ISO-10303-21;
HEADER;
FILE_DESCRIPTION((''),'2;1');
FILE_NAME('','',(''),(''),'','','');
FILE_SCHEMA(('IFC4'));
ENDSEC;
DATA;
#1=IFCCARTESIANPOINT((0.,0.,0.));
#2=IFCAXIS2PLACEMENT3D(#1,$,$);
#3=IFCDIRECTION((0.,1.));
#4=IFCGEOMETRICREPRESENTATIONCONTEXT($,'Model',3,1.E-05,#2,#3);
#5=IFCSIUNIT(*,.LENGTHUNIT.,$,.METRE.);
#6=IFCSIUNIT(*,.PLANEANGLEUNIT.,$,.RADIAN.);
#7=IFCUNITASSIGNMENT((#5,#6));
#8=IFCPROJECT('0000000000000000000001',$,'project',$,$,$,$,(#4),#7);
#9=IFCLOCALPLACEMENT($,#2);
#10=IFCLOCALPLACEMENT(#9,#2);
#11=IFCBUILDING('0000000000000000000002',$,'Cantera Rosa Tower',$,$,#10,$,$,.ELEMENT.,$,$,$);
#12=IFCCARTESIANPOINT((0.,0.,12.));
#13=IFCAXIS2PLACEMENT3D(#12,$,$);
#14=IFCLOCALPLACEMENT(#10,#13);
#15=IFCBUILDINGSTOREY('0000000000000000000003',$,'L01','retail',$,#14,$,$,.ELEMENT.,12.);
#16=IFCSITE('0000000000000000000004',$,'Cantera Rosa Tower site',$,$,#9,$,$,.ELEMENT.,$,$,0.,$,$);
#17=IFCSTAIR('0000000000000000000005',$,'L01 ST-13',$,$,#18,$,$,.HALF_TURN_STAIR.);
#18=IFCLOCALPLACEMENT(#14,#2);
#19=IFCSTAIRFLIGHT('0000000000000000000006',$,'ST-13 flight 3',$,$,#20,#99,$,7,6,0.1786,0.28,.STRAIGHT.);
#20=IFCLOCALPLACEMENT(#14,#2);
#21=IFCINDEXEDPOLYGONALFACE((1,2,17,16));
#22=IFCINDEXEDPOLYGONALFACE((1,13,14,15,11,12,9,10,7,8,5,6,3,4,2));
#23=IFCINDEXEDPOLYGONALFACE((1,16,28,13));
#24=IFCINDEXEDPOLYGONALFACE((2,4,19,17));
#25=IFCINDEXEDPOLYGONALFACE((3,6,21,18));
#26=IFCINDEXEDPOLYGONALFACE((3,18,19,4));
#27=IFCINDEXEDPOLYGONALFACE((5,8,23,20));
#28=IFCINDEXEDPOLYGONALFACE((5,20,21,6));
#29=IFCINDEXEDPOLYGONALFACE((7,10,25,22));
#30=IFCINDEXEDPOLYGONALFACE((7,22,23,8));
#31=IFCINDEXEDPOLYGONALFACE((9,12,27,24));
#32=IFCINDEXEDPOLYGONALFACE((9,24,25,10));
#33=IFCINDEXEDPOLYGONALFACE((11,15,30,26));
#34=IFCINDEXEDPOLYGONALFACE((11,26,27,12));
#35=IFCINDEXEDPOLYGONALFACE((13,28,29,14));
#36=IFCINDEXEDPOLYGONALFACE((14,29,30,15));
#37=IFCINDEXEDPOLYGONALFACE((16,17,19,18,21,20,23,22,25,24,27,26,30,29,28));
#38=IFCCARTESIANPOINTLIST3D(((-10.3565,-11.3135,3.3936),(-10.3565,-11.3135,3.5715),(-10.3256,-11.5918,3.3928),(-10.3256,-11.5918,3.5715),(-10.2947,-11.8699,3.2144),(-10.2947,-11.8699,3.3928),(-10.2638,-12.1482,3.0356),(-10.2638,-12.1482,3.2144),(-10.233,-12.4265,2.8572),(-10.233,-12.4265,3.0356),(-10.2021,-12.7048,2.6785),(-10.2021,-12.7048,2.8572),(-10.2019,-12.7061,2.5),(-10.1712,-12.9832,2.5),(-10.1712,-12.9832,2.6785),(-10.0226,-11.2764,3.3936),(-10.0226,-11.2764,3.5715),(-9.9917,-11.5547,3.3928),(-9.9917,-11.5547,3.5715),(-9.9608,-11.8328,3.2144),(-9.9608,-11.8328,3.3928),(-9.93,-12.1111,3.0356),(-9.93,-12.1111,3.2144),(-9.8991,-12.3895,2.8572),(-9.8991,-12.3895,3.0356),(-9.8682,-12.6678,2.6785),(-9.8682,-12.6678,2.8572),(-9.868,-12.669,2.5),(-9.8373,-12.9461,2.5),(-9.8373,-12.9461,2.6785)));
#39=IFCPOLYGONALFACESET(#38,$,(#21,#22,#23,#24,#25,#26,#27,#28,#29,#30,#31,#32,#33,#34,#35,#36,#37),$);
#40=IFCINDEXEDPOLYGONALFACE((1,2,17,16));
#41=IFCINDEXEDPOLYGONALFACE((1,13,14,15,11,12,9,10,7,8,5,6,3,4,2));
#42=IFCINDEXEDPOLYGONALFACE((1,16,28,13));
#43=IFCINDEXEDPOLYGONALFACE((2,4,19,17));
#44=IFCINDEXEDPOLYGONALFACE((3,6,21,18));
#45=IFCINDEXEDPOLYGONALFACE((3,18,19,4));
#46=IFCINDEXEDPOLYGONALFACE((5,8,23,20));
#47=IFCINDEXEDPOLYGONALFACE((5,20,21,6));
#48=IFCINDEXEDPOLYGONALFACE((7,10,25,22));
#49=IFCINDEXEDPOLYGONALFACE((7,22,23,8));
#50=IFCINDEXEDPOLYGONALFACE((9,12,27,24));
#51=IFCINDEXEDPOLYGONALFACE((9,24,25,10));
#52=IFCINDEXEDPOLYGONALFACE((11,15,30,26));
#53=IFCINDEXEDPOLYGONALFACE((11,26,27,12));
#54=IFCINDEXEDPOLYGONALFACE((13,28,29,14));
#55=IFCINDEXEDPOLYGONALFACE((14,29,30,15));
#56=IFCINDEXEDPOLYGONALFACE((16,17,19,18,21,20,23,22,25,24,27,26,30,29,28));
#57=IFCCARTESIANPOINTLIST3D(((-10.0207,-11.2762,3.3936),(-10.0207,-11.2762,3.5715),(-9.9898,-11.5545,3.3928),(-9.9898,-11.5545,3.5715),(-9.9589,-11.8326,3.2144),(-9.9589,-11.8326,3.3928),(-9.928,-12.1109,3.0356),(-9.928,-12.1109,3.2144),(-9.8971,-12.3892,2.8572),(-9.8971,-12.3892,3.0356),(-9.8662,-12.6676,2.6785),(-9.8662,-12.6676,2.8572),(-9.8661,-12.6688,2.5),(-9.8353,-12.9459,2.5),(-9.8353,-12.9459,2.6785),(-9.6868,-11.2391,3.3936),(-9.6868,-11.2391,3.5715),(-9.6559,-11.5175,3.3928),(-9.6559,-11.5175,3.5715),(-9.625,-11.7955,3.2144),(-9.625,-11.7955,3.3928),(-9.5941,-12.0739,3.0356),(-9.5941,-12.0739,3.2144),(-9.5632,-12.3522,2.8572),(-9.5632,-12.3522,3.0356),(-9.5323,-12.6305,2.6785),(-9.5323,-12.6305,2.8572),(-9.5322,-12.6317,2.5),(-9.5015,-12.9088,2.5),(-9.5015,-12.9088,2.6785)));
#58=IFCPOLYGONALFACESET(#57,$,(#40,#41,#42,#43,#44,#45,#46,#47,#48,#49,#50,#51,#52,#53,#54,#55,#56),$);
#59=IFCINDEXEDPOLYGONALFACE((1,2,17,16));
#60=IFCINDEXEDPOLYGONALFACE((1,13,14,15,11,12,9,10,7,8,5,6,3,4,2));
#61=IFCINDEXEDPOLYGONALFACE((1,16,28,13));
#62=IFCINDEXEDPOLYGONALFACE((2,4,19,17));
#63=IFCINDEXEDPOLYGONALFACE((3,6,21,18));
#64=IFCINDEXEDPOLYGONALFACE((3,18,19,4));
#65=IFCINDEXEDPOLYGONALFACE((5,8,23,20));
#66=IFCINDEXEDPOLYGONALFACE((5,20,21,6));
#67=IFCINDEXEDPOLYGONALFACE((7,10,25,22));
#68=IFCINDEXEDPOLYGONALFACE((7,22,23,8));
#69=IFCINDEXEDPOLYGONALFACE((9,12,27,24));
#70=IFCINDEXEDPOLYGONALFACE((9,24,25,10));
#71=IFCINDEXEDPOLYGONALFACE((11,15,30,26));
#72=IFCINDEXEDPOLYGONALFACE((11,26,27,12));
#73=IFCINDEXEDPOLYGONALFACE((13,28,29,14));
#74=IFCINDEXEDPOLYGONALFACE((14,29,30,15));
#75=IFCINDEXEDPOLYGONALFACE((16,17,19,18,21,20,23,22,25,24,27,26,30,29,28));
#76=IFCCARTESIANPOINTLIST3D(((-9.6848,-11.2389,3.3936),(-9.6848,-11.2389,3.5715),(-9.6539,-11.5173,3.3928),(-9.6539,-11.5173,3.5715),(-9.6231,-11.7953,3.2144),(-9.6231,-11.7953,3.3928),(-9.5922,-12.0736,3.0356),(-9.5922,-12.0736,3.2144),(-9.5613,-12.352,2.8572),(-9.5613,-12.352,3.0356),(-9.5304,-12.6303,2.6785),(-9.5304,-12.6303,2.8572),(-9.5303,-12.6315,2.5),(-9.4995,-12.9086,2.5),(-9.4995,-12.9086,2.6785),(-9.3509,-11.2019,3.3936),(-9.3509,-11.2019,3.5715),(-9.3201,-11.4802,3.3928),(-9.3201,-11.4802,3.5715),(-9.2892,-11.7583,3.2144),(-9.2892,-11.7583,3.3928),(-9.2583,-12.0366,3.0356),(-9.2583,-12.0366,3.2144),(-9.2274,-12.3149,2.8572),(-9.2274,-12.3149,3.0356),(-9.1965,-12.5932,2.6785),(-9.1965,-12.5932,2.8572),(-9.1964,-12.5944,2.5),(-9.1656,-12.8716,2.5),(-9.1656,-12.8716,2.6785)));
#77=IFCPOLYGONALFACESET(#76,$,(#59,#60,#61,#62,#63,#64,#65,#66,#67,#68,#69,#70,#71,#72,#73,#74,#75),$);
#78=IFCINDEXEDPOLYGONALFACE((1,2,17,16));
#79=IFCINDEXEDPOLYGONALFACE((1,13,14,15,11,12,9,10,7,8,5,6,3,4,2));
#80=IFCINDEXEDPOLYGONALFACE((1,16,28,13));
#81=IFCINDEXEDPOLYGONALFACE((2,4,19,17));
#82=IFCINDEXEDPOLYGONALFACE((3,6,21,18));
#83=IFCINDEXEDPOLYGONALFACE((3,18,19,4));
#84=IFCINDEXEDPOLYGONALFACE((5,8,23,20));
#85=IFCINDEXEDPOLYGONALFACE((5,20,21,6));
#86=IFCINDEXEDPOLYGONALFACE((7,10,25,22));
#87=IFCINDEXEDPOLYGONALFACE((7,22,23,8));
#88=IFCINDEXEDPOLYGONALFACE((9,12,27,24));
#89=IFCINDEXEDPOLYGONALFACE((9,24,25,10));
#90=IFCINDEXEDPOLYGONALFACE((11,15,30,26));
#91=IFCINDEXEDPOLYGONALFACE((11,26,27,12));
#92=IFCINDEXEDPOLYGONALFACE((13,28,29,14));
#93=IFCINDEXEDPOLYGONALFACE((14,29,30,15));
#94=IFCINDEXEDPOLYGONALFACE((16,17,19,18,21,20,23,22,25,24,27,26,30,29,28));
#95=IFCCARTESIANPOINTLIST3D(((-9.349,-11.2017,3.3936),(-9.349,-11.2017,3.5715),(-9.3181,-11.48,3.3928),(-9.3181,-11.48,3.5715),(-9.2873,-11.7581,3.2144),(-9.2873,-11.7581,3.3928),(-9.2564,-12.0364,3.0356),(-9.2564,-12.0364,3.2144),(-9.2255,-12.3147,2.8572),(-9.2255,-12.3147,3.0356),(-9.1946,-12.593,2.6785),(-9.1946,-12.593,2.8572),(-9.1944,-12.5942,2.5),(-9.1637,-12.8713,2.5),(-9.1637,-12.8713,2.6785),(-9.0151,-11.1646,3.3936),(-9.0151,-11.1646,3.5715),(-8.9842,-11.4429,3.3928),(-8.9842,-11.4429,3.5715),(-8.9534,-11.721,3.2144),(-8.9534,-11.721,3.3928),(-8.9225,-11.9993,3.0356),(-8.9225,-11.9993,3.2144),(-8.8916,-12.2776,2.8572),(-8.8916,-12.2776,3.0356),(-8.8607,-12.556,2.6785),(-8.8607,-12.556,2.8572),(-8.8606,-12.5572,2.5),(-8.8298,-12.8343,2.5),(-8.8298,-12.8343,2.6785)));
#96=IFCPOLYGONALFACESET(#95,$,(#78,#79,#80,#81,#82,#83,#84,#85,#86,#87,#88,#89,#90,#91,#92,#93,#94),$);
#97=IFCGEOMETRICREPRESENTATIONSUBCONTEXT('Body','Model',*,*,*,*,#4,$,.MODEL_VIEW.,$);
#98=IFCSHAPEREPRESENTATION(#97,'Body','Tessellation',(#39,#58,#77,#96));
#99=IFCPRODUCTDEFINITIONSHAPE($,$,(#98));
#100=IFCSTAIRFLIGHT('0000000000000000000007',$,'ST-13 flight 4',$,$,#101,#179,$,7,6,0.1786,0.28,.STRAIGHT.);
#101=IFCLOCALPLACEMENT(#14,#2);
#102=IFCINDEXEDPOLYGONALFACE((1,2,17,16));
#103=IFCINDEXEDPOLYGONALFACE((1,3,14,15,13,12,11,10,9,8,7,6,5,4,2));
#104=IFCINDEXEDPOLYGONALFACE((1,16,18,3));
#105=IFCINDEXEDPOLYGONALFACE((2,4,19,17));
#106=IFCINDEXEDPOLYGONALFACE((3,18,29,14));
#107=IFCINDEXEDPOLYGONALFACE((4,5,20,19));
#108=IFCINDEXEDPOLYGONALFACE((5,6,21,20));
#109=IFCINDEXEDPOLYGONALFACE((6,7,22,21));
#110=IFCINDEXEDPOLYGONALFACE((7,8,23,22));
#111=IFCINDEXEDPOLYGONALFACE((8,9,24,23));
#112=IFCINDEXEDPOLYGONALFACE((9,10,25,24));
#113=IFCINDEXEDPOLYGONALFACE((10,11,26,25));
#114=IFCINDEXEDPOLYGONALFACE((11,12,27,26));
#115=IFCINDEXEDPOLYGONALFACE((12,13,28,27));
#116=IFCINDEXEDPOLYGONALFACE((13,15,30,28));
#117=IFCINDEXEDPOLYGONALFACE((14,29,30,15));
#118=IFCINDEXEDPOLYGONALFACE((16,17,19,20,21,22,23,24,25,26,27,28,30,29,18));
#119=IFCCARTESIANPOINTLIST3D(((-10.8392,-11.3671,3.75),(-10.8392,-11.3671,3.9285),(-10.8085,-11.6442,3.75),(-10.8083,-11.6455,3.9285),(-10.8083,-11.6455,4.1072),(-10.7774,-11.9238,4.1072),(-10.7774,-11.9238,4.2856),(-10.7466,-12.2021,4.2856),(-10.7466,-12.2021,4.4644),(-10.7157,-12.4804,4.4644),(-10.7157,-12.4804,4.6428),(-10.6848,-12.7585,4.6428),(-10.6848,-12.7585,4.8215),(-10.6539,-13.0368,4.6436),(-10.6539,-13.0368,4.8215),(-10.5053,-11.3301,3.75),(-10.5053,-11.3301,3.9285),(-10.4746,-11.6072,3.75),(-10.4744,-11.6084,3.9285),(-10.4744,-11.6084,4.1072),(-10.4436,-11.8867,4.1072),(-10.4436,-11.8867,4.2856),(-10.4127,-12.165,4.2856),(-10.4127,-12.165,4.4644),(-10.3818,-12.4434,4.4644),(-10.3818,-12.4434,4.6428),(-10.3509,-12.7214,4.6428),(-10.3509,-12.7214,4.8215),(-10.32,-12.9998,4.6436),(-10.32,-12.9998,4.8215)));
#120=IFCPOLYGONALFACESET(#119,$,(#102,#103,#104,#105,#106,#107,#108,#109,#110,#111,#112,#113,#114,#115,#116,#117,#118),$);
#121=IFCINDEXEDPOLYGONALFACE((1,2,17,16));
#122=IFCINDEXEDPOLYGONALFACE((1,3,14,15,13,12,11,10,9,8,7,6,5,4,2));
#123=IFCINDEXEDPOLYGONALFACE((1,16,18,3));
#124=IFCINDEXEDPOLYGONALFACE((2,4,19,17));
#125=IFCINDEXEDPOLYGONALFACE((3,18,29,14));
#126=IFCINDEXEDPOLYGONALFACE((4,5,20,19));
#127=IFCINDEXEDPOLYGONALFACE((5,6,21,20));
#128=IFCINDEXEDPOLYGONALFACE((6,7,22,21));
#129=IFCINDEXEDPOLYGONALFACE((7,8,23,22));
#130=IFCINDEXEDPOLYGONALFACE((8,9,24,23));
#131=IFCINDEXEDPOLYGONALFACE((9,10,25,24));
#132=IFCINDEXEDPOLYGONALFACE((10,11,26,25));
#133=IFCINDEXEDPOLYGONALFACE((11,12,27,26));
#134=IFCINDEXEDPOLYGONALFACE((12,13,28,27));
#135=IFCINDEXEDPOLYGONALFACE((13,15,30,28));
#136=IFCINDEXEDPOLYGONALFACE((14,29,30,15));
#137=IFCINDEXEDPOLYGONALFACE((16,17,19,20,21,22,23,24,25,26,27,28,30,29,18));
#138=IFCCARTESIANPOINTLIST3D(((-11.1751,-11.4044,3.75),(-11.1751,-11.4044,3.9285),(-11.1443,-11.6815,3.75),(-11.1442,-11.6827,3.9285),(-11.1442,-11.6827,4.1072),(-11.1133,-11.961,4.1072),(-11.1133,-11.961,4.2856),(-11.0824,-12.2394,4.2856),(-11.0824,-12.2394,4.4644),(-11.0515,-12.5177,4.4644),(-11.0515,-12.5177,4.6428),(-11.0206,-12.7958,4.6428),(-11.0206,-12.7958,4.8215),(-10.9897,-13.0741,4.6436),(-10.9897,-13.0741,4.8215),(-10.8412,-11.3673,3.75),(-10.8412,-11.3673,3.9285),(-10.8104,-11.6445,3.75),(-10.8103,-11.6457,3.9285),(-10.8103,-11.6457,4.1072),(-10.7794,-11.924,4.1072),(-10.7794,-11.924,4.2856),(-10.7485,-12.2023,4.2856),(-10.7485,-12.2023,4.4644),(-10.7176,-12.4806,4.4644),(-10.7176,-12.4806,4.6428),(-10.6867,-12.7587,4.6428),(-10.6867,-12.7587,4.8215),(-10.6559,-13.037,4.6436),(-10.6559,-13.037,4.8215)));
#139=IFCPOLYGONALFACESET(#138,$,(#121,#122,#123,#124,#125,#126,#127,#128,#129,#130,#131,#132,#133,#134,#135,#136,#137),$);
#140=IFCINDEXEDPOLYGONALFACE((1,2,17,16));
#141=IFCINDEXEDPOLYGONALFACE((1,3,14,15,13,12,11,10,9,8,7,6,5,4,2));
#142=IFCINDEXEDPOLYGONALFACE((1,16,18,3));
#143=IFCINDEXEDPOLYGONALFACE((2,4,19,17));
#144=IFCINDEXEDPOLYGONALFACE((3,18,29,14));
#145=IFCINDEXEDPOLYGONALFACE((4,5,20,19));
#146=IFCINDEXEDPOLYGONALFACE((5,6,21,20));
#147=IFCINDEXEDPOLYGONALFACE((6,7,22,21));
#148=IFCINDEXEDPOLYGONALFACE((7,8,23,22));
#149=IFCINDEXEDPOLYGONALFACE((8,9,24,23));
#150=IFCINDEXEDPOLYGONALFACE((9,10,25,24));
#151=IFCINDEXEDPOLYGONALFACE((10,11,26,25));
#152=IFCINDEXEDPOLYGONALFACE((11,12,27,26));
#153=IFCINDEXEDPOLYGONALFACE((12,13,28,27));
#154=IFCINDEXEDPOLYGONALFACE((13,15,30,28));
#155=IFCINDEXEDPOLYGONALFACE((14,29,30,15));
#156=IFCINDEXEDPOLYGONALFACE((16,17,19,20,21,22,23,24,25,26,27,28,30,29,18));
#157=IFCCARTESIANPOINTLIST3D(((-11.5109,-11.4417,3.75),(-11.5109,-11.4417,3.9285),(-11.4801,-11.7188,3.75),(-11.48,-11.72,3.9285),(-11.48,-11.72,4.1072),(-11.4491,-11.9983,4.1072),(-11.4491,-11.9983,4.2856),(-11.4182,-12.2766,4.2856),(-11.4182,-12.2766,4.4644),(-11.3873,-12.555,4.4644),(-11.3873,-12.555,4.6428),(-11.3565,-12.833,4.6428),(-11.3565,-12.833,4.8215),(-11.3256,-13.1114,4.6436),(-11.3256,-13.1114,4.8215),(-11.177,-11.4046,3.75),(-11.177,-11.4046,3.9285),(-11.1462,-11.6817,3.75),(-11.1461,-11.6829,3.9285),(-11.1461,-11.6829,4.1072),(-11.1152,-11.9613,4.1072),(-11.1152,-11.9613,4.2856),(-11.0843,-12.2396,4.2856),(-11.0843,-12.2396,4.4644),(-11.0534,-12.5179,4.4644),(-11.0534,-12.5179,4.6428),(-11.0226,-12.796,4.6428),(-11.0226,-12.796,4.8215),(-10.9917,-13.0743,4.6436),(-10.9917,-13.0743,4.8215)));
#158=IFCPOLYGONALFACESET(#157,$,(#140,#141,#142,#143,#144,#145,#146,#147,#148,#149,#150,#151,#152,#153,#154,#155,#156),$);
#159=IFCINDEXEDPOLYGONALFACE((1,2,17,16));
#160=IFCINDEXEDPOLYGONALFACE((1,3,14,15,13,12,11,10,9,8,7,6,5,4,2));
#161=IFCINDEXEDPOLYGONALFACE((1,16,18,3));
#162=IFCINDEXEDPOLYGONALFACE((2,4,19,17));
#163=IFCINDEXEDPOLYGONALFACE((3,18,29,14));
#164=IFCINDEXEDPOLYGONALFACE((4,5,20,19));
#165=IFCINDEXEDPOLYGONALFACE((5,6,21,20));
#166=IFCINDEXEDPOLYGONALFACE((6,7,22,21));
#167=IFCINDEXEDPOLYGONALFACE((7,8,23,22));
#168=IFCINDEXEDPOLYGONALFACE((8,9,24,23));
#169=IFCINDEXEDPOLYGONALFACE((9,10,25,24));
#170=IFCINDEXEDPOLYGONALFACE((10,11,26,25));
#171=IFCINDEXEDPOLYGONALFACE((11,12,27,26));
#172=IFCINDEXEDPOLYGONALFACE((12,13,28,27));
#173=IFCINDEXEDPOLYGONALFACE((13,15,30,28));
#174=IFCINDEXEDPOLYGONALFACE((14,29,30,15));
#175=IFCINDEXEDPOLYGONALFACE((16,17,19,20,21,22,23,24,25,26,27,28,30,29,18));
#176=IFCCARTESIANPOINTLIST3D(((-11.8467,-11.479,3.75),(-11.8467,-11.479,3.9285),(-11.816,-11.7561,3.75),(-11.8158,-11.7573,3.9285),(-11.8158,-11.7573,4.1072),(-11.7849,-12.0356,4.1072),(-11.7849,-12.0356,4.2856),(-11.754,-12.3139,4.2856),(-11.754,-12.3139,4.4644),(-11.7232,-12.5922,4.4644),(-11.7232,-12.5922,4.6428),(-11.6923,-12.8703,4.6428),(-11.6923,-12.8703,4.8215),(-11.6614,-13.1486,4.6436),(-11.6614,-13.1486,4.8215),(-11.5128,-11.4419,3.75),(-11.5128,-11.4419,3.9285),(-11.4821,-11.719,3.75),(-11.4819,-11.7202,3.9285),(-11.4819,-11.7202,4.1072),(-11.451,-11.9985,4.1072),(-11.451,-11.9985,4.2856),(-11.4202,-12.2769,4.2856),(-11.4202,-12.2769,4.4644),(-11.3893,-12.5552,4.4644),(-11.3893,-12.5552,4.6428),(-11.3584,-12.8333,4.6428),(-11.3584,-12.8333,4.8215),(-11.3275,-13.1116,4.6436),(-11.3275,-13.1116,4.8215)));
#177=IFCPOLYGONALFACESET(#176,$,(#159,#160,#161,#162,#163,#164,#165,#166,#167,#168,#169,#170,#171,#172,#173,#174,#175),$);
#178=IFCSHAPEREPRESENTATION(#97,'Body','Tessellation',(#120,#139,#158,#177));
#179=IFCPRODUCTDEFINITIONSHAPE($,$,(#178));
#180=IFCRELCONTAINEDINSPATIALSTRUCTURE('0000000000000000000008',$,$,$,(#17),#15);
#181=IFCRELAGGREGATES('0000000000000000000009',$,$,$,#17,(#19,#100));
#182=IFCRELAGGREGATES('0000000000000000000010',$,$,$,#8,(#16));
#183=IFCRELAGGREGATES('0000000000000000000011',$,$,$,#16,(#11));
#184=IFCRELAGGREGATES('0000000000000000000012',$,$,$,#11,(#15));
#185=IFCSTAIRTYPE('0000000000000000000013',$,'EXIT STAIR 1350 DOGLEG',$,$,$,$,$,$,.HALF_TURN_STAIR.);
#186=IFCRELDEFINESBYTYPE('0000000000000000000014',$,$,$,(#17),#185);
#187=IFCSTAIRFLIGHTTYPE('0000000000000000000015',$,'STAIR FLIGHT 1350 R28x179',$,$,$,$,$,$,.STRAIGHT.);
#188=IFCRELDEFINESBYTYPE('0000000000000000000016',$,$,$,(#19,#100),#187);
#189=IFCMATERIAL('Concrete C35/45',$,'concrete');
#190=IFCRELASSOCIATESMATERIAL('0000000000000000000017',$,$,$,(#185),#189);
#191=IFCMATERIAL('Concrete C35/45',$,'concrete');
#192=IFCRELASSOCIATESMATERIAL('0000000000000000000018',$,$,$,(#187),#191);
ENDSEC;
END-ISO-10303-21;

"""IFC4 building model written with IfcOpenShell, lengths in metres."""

from ifc_helpers import new_model, si_unit, direction, frame, origin, place, context, subcontext, project, spatial, polyline, outline, extrude, material, type_object, element, aggregate, save


model = new_model("IFC4")

# Units and contexts
model_context = context("Model", 3, precision=1e-05, world=origin(), true_north=direction((0.0, 1.0)))
body_context = subcontext(model_context, "Body", "Model", "MODEL_VIEW")
ifc_project = project(units=[si_unit("LENGTHUNIT", "METRE"), si_unit("PLANEANGLEUNIT", "RADIAN")], contexts=[model_context])

# Site, building, storey
site_placement = place(None, origin())
site = spatial("IfcSite", under=ifc_project, at=site_placement, Name="Cantera Rosa Tower site", CompositionType="ELEMENT", RefElevation=0.0)
building_placement = place(site_placement, origin())
building = spatial("IfcBuilding", under=site, at=building_placement, Name="Cantera Rosa Tower", CompositionType="ELEMENT")
storey_placement = place(building_placement, frame((0.0, 0.0, 12.0)))
storey = spatial("IfcBuildingStorey", under=building, at=storey_placement, Name="L01", Description="retail", CompositionType="ELEMENT", Elevation=12.0)

# Stair, stair flights
ifc_material_1 = material(Name="Concrete C35/45", Category="concrete")
stair_type = type_object("IfcStairType", Name="EXIT STAIR 1350 DOGLEG", PredefinedType="HALF_TURN_STAIR", material=ifc_material_1)
stair_placement = place(storey_placement, origin())
stair = element("IfcStair", 1, at=stair_placement, inside=storey, type_object=stair_type, Name="L01 ST-13", PredefinedType="HALF_TURN_STAIR")
ifc_material_2 = material(Name="Concrete C35/45", Category="concrete")
stair_flight_type = type_object("IfcStairFlightType", Name="STAIR FLIGHT 1350 R28x179", PredefinedType="STRAIGHT", material=ifc_material_2)
stair_flight_1_placement = place(storey_placement, frame((-9.5002, -12.9087, 2.5), z_axis=(0.0, 0.0, 1.0), x_axis=(-0.110313, 0.993897, 0.0)))
stair_flight_1 = element("IfcStairFlight", 2, at=stair_flight_1_placement, type_object=stair_flight_type, Name="ST-13 flight 3", NumberOfRisers=7, NumberOfTreads=6, PredefinedType="STRAIGHT", RiserHeight=0.1786, TreadLength=0.28, context=body_context, shape_type="SweptSolid", body=[
    extrude(outline(polyline([(0.0, 0.0), (0.0, 0.1785), (0.28, 0.1785), (0.28, 0.3572), (0.5601, 0.3572), (0.5601, 0.5356), (0.8401, 0.5356), (0.8401, 0.7144), (1.1201, 0.7144), (1.1201, 0.8928), (1.3999, 0.8928), (1.3999, 1.0715), (1.6799, 1.0715), (1.6799, 1.25), (1.6799, 0.8936), (0.2788, 0.0), (0.0, 0.0)])), frame((0.0, 0.675, 0.0), z_axis=(0.0, -1.0, 0.0), x_axis=(1.0, 0.0, 0.0)), (0.0, 0.0, 1.0), 0.3359),
    extrude(outline(polyline([(0.0, 0.0), (0.0, 0.1785), (0.28, 0.1785), (0.28, 0.3572), (0.5601, 0.3572), (0.5601, 0.5356), (0.8401, 0.5356), (0.8401, 0.7144), (1.1201, 0.7144), (1.1201, 0.8928), (1.3999, 0.8928), (1.3999, 1.0715), (1.6799, 1.0715), (1.6799, 1.25), (1.6799, 0.8936), (0.2788, 0.0), (0.0, 0.0)])), frame((0.0, 0.3372, 0.0), z_axis=(0.0, -1.0, 0.0), x_axis=(1.0, 0.0, 0.0)), (0.0, 0.0, 1.0), 0.3359),
    extrude(outline(polyline([(0.0, 0.0), (0.0, 0.1785), (0.28, 0.1785), (0.28, 0.3572), (0.5601, 0.3572), (0.5601, 0.5356), (0.8401, 0.5356), (0.8401, 0.7144), (1.1201, 0.7144), (1.1201, 0.8928), (1.3999, 0.8928), (1.3999, 1.0715), (1.6799, 1.0715), (1.6799, 1.25), (1.6799, 0.8936), (0.2788, 0.0), (0.0, 0.0)])), frame((0.0, -0.0007, 0.0), z_axis=(0.0, -1.0, 0.0), x_axis=(1.0, 0.0, 0.0)), (0.0, 0.0, 1.0), 0.3359),
    extrude(outline(polyline([(0.0, 0.0), (0.0, 0.1785), (0.28, 0.1785), (0.28, 0.3572), (0.5601, 0.3572), (0.5601, 0.5356), (0.8401, 0.5356), (0.8401, 0.7144), (1.1201, 0.7144), (1.1201, 0.8928), (1.3999, 0.8928), (1.3999, 1.0715), (1.6799, 1.0715), (1.6799, 1.25), (1.6799, 0.8936), (0.2788, 0.0), (0.0, 0.0)])), frame((0.0, -0.3386, 0.0), z_axis=(0.0, -1.0, 0.0), x_axis=(1.0, 0.0, 0.0)), (0.0, 0.0, 1.0), 0.3359),
])
stair_flight_2_placement = place(storey_placement, frame((-11.1763, -11.4045, 3.75), z_axis=(0.0, 0.0, 1.0), x_axis=(0.110313, -0.993897, 0.0)))
stair_flight_2 = element("IfcStairFlight", 3, at=stair_flight_2_placement, type_object=stair_flight_type, Name="ST-13 flight 4", NumberOfRisers=7, NumberOfTreads=6, PredefinedType="STRAIGHT", RiserHeight=0.1786, TreadLength=0.28, context=body_context, shape_type="SweptSolid", body=[
    extrude(outline(polyline([(0.0, 0.0), (0.0, 0.1785), (0.28, 0.1785), (0.28, 0.3572), (0.5601, 0.3572), (0.5601, 0.5356), (0.8401, 0.5356), (0.8401, 0.7144), (1.1201, 0.7144), (1.1201, 0.8928), (1.3999, 0.8928), (1.3999, 1.0715), (1.6799, 1.0715), (1.6799, 1.25), (1.6799, 0.8936), (0.2788, 0.0), (0.0, 0.0)])), frame((0.0, 0.675, 0.0), z_axis=(0.0, -1.0, 0.0), x_axis=(1.0, 0.0, 0.0)), (0.0, 0.0, 1.0), 0.3359),
    extrude(outline(polyline([(0.0, 0.0), (0.0, 0.1785), (0.28, 0.1785), (0.28, 0.3572), (0.5601, 0.3572), (0.5601, 0.5356), (0.8401, 0.5356), (0.8401, 0.7144), (1.1201, 0.7144), (1.1201, 0.8928), (1.3999, 0.8928), (1.3999, 1.0715), (1.6799, 1.0715), (1.6799, 1.25), (1.6799, 0.8936), (0.2788, 0.0), (0.0, 0.0)])), frame((0.0, 0.3372, 0.0), z_axis=(0.0, -1.0, 0.0), x_axis=(1.0, 0.0, 0.0)), (0.0, 0.0, 1.0), 0.3359),
    extrude(outline(polyline([(0.0, 0.0), (0.0, 0.1785), (0.28, 0.1785), (0.28, 0.3572), (0.5601, 0.3572), (0.5601, 0.5356), (0.8401, 0.5356), (0.8401, 0.7144), (1.1201, 0.7144), (1.1201, 0.8928), (1.3999, 0.8928), (1.3999, 1.0715), (1.6799, 1.0715), (1.6799, 1.25), (1.6799, 0.8936), (0.2788, 0.0), (0.0, 0.0)])), frame((0.0, -0.0007, 0.0), z_axis=(0.0, -1.0, 0.0), x_axis=(1.0, 0.0, 0.0)), (0.0, 0.0, 1.0), 0.3359),
    extrude(outline(polyline([(0.0, 0.0), (0.0, 0.1785), (0.28, 0.1785), (0.28, 0.3572), (0.5601, 0.3572), (0.5601, 0.5356), (0.8401, 0.5356), (0.8401, 0.7144), (1.1201, 0.7144), (1.1201, 0.8928), (1.3999, 0.8928), (1.3999, 1.0715), (1.6799, 1.0715), (1.6799, 1.25), (1.6799, 0.8936), (0.2788, 0.0), (0.0, 0.0)])), frame((0.0, -0.3386, 0.0), z_axis=(0.0, -1.0, 0.0), x_axis=(1.0, 0.0, 0.0)), (0.0, 0.0, 1.0), 0.3359),
])
aggregate(stair, [stair_flight_1, stair_flight_2])

save(model, "model.ifc")
